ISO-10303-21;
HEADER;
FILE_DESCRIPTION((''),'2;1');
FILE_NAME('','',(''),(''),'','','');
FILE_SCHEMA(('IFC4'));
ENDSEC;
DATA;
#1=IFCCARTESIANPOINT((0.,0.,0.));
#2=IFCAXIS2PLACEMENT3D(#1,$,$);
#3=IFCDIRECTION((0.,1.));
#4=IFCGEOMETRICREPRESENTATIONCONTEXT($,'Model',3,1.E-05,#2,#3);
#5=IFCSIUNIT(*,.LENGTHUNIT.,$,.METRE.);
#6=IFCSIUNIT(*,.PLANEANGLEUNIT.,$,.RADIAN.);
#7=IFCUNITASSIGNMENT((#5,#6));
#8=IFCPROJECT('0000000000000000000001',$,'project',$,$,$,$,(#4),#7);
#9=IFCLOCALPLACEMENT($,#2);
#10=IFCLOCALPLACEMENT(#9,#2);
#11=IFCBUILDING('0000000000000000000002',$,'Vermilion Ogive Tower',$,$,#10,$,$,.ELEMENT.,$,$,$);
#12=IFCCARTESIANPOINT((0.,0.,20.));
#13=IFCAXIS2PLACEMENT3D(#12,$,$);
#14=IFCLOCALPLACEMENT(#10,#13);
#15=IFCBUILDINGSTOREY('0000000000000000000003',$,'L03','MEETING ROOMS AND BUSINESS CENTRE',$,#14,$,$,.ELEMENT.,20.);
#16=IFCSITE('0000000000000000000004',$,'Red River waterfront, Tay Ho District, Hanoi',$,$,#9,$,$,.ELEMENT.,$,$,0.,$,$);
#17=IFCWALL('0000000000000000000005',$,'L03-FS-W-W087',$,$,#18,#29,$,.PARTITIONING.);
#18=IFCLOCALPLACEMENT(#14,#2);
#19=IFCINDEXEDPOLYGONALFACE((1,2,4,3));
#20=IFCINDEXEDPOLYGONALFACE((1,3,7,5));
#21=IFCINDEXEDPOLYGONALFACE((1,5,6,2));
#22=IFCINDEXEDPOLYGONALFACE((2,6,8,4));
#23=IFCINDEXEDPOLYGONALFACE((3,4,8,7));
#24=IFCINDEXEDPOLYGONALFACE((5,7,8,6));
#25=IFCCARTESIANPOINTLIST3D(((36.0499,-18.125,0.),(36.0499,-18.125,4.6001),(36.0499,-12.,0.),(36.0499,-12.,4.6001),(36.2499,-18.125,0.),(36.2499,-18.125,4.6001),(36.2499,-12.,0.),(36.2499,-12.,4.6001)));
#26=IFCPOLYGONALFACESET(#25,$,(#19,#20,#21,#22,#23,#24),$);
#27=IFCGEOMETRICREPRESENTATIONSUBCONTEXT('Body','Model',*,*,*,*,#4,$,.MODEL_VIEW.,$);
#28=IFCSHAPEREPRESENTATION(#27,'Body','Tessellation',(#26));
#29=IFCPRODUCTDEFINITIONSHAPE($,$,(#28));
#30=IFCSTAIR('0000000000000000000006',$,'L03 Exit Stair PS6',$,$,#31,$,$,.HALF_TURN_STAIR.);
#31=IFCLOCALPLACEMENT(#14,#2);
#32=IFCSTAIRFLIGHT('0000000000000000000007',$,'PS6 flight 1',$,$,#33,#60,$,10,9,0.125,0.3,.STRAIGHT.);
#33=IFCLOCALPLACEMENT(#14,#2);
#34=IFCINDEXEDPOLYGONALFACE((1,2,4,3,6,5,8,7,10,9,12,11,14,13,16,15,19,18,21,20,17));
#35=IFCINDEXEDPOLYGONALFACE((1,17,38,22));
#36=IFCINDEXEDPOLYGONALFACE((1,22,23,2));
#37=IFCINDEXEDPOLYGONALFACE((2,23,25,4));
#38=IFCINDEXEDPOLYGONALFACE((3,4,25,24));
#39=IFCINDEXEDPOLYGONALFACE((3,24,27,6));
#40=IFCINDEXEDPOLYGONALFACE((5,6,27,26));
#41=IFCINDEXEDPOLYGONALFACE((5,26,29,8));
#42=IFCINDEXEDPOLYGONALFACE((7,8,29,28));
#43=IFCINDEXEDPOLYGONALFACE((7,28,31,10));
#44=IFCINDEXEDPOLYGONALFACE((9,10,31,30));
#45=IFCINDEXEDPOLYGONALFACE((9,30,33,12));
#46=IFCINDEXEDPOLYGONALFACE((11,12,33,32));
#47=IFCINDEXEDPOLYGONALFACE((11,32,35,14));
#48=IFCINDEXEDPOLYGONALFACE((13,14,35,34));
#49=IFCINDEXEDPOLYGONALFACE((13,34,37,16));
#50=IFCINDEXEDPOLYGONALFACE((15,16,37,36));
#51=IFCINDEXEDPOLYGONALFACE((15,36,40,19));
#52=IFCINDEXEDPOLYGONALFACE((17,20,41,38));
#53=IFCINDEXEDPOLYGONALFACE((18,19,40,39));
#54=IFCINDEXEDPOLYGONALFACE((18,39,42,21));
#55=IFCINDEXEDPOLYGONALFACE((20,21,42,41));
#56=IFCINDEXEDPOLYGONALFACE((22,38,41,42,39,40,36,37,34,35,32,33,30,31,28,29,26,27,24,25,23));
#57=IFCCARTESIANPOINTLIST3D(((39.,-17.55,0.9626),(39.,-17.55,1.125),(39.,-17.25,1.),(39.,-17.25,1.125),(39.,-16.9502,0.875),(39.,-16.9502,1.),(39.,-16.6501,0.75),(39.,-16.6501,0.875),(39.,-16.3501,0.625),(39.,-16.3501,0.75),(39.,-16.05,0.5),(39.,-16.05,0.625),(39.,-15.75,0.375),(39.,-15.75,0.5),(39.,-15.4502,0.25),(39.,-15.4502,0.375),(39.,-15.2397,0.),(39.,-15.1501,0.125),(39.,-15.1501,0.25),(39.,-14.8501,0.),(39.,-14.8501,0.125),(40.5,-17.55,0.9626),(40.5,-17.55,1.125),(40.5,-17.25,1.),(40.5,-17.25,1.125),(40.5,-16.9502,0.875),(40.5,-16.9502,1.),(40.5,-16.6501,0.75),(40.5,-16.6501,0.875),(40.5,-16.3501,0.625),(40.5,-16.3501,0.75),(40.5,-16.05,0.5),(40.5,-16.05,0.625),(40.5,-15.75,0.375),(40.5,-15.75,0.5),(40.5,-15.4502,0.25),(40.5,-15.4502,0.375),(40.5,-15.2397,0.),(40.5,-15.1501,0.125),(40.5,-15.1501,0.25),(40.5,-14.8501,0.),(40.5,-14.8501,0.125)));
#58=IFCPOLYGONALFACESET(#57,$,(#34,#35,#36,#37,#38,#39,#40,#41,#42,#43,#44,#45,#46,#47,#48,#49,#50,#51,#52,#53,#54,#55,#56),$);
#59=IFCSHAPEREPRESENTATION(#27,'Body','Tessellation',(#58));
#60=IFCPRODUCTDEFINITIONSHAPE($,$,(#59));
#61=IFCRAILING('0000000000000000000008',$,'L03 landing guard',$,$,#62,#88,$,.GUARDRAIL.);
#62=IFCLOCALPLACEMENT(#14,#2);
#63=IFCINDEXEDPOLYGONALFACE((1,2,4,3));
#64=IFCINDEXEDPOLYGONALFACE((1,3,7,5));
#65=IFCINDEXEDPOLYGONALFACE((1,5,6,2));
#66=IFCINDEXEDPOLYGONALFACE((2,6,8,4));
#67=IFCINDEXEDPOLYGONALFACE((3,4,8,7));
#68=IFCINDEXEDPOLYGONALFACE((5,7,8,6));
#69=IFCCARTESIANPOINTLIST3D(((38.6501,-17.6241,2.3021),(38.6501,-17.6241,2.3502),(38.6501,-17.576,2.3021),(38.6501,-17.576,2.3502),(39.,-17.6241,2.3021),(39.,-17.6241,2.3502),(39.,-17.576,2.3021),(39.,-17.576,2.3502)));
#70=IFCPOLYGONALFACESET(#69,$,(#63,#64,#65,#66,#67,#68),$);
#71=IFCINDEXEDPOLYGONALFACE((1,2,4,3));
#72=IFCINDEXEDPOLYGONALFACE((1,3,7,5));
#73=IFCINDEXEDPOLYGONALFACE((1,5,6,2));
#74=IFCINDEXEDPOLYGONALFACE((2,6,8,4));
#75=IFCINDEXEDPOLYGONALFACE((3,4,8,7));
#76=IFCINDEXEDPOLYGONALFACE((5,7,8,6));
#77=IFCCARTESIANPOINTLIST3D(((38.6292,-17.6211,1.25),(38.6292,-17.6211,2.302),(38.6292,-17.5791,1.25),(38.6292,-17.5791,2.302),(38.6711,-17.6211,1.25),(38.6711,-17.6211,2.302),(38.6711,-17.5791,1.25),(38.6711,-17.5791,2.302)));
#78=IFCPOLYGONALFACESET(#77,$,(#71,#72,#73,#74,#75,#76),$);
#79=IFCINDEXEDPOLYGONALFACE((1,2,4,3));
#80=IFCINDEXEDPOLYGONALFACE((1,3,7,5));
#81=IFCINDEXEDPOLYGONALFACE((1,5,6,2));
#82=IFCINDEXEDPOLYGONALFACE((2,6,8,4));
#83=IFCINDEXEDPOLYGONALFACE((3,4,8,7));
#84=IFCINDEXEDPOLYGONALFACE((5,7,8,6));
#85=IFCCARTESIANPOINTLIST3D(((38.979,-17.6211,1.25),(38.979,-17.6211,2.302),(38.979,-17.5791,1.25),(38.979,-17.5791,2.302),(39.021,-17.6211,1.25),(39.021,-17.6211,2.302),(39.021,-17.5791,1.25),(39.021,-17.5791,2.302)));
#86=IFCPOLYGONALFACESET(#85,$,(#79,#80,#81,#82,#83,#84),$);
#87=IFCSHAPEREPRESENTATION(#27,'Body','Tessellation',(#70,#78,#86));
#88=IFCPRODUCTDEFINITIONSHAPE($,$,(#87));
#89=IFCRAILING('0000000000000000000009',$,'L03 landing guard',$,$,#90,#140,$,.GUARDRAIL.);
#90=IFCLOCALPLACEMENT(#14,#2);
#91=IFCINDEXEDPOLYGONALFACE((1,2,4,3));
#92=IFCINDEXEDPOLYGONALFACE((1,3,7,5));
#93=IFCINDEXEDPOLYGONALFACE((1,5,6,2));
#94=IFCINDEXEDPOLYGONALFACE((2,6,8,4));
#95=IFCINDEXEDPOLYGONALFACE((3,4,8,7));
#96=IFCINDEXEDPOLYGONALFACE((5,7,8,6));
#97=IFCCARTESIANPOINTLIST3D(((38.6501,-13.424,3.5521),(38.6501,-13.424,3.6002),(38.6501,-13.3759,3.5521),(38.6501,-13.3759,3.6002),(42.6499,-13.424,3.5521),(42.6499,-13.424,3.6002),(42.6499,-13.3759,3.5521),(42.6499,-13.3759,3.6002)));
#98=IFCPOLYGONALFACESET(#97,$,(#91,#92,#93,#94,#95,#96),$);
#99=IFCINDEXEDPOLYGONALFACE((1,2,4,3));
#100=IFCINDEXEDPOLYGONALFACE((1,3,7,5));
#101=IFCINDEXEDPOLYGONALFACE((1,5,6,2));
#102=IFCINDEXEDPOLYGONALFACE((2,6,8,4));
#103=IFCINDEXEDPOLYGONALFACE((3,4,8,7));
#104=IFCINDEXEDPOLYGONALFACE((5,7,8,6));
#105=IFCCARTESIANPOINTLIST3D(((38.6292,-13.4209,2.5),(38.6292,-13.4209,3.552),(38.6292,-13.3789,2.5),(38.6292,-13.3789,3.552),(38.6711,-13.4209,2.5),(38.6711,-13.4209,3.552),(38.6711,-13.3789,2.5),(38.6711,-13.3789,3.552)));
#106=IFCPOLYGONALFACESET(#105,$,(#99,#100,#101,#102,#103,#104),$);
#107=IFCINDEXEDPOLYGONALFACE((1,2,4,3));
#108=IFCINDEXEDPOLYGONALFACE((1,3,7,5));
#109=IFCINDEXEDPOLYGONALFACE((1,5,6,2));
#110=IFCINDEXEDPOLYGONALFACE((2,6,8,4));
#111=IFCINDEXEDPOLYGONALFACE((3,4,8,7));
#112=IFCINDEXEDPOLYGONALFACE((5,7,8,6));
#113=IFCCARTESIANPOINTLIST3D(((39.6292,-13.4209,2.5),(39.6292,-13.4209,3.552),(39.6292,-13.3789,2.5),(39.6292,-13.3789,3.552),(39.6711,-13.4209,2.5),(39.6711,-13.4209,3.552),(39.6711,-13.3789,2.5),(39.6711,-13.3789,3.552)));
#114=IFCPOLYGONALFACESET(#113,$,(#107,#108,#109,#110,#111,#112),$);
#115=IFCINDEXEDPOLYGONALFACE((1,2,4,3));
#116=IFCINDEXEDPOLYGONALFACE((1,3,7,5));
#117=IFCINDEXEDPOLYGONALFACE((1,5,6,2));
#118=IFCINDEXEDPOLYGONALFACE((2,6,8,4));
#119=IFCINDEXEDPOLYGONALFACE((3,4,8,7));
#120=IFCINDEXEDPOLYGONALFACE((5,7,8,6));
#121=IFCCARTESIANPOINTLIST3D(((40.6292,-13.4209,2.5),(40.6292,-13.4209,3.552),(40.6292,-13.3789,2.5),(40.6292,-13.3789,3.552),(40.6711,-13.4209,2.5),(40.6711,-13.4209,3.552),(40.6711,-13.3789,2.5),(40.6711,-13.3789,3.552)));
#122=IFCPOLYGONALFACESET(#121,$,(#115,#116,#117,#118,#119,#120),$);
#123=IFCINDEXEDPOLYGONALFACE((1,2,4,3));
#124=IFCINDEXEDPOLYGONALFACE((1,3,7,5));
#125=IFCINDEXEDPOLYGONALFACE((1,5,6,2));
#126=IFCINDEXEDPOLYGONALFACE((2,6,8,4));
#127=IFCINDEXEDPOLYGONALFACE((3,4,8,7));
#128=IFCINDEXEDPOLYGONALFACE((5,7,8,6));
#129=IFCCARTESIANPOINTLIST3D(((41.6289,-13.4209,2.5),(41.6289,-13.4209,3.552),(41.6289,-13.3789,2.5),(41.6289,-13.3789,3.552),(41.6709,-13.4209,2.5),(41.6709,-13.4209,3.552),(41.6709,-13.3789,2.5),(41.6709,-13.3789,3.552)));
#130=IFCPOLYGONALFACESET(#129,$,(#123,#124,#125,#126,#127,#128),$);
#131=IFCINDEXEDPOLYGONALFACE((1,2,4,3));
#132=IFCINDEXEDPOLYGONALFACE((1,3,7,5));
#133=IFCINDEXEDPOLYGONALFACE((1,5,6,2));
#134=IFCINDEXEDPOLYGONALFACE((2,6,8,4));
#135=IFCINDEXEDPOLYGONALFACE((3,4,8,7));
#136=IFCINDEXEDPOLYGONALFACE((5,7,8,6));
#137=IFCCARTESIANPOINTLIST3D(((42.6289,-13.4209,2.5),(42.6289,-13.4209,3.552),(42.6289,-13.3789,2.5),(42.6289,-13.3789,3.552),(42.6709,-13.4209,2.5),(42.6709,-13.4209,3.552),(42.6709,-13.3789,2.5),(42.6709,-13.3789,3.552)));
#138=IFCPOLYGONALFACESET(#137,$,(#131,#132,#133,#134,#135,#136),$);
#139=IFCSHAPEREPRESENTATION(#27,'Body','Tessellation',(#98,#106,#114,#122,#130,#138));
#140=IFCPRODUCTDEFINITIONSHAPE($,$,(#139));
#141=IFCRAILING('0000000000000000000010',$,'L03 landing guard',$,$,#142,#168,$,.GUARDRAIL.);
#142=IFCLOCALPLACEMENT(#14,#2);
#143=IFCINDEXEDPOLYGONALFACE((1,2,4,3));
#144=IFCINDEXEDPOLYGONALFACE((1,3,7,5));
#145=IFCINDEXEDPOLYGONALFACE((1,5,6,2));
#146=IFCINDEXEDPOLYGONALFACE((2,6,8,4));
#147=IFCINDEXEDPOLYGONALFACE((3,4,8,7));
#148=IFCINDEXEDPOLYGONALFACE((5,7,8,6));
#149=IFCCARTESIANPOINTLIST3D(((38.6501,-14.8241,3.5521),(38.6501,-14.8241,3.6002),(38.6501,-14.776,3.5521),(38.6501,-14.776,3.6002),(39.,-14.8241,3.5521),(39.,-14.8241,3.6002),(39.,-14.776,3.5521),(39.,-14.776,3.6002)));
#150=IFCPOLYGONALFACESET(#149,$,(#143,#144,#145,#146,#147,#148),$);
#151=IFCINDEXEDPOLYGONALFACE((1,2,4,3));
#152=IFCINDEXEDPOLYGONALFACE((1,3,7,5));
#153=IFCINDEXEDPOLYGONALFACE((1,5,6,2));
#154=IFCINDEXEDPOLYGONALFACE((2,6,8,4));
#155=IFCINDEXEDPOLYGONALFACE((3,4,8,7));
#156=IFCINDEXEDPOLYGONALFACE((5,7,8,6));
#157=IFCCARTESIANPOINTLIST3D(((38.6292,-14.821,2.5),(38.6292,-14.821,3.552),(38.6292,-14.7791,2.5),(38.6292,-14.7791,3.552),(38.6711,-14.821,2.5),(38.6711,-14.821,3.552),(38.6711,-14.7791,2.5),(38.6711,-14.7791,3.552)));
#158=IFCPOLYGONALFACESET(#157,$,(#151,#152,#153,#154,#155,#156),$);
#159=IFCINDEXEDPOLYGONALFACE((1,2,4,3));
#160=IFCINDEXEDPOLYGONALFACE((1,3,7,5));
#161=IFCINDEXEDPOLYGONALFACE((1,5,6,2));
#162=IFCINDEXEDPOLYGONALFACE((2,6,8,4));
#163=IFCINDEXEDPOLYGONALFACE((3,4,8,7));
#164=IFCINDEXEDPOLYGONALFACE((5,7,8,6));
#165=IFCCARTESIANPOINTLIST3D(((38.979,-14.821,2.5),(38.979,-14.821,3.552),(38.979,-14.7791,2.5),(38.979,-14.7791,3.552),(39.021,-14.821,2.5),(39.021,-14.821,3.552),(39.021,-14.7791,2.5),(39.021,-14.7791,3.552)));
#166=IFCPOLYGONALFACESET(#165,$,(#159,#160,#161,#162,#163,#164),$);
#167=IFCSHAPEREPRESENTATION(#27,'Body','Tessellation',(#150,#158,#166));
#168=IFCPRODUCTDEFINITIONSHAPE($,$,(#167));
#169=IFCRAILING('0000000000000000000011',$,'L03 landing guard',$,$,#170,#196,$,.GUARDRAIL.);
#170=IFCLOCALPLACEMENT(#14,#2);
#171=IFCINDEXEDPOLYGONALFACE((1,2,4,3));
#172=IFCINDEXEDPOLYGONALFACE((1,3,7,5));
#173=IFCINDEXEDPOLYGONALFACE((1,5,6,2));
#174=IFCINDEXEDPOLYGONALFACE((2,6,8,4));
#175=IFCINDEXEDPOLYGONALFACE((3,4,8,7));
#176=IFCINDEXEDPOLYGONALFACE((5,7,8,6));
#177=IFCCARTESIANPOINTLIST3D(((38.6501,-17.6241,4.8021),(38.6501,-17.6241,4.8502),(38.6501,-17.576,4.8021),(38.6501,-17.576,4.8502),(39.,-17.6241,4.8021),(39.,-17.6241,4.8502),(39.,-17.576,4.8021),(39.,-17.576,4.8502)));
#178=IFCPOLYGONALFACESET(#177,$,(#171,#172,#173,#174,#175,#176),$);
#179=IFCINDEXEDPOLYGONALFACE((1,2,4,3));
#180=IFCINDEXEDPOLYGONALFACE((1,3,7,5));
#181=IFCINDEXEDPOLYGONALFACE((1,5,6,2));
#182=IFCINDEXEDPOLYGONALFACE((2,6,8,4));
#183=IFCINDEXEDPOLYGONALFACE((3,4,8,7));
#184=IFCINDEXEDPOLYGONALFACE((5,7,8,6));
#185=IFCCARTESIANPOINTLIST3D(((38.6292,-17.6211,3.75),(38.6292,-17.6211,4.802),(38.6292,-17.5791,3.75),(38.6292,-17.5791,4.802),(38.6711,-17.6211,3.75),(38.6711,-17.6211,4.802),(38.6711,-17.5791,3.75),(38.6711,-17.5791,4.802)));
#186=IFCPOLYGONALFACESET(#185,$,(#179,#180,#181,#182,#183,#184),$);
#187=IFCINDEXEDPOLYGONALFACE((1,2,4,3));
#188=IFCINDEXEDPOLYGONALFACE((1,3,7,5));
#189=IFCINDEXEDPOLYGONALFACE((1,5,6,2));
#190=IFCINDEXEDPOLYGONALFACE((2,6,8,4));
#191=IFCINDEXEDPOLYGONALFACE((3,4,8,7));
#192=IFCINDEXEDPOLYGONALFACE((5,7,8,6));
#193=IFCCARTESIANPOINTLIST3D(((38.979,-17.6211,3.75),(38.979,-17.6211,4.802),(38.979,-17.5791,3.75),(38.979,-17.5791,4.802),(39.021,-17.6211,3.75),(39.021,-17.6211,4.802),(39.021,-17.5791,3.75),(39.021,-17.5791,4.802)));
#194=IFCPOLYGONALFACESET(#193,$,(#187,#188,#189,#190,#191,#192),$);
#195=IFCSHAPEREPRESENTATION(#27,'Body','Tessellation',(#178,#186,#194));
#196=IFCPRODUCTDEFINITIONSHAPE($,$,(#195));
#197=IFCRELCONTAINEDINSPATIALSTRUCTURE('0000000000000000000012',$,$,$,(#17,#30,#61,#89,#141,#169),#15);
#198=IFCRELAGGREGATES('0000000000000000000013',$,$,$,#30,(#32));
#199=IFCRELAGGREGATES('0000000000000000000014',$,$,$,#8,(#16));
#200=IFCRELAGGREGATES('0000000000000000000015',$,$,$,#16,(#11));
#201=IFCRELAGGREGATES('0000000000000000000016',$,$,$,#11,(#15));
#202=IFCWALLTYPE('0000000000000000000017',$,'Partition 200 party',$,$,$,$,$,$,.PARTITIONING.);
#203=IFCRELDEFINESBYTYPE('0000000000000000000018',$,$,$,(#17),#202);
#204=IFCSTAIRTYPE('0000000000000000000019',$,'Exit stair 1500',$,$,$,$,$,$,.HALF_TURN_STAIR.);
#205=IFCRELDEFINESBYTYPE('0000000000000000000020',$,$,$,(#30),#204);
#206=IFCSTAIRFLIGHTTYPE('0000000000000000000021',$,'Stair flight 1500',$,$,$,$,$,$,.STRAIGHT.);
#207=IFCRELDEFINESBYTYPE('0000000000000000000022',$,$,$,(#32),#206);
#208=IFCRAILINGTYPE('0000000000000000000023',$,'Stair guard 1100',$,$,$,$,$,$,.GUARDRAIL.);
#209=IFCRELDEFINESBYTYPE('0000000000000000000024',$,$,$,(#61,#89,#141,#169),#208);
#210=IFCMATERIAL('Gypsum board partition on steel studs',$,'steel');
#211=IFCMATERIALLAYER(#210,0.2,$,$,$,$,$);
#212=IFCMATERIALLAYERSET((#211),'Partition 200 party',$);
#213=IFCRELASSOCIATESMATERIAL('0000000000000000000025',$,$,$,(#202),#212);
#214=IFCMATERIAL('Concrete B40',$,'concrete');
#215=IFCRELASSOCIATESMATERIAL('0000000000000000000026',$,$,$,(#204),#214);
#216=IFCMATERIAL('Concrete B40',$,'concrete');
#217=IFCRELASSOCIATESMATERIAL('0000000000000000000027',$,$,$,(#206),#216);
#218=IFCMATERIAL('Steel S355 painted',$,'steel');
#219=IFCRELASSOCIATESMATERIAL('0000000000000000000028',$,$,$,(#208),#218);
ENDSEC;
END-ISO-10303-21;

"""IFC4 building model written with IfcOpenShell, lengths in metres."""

from ifc_helpers import new_model, si_unit, direction, frame, frame_2d, origin, origin_2d, place, context, subcontext, project, spatial, polyline, rectangle, outline, extrude, material, layer, layer_set, type_object, element, aggregate, save


model = new_model("IFC4")

# Units and contexts
model_context = context("Model", 3, precision=1e-05, world=origin(), true_north=direction((0.0, 1.0)))
body_context = subcontext(model_context, "Body", "Model", "MODEL_VIEW")
ifc_project = project(units=[si_unit("LENGTHUNIT", "METRE"), si_unit("PLANEANGLEUNIT", "RADIAN")], contexts=[model_context])

# Site, building, storey
site_placement = place(None, origin())
site = spatial("IfcSite", under=ifc_project, at=site_placement, Name="Red River waterfront, Tay Ho District, Hanoi", CompositionType="ELEMENT", RefElevation=0.0)
building_placement = place(site_placement, origin())
building = spatial("IfcBuilding", under=site, at=building_placement, Name="Vermilion Ogive Tower", CompositionType="ELEMENT")
storey_placement = place(building_placement, frame((0.0, 0.0, 20.0)))
storey = spatial("IfcBuildingStorey", under=building, at=storey_placement, Name="L03", Description="MEETING ROOMS AND BUSINESS CENTRE", CompositionType="ELEMENT", Elevation=20.0)

# Wall
ifc_material_1 = material(Name="Gypsum board partition on steel studs", Category="steel")
ifc_layer_1 = layer(ifc_material_1, 0.2)
ifc_layer_set_1 = layer_set([ifc_layer_1], Name="Partition 200 party")
wall_type_1 = type_object("IfcWallType", Name="Partition 200 party", PredefinedType="PARTITIONING", material=ifc_layer_set_1)
wall_1_placement = place(storey_placement, frame((36.1499, -18.125, 0.0), z_axis=(0.0, 0.0, 1.0), x_axis=(0.0, 1.0, 0.0)))
element("IfcWall", 1, at=wall_1_placement, inside=storey, type_object=wall_type_1, Name="L03-FS-W-W087", PredefinedType="PARTITIONING", context=body_context, shape_type="SweptSolid", body=[
    extrude(rectangle(XDim=6.125, YDim=0.2, at=frame_2d((3.0625, 0.0))), origin(), (0.0, 0.0, 1.0), 4.6001),
])

# Stair, stair flight
ifc_material_2 = material(Name="Concrete B40", Category="concrete")
stair_type = type_object("IfcStairType", Name="Exit stair 1500", PredefinedType="HALF_TURN_STAIR", material=ifc_material_2)
stair_placement = place(storey_placement, origin())
stair = element("IfcStair", 2, at=stair_placement, inside=storey, type_object=stair_type, Name="L03 Exit Stair PS6", PredefinedType="HALF_TURN_STAIR")
ifc_material_3 = material(Name="Concrete B40", Category="concrete")
stair_flight_type = type_object("IfcStairFlightType", Name="Stair flight 1500", PredefinedType="STRAIGHT", material=ifc_material_3)
stair_flight_placement = place(storey_placement, frame((39.75, -14.8501, 0.0), z_axis=(0.0, 0.0, 1.0), x_axis=(0.0, -1.0, 0.0)))
stair_flight = element("IfcStairFlight", 3, at=stair_flight_placement, type_object=stair_flight_type, Name="PS6 flight 1", NumberOfRisers=10, NumberOfTreads=9, PredefinedType="STRAIGHT", RiserHeight=0.125, TreadLength=0.3, context=body_context, shape_type="SweptSolid", body=[
    extrude(outline(polyline([(0.0, 0.0), (0.0, 0.125), (0.3, 0.125), (0.3, 0.25), (0.6001, 0.25), (0.6001, 0.375), (0.8999, 0.375), (0.8999, 0.5), (1.2, 0.5), (1.2, 0.625), (1.5, 0.625), (1.5, 0.75), (1.8, 0.75), (1.8, 0.875), (2.1001, 0.875), (2.1001, 1.0), (2.3999, 1.0), (2.3999, 1.125), (2.7, 1.125), (2.7, 1.25), (2.7, 0.9626), (0.3896, 0.0), (0.0, 0.0)])), frame((0.0, 0.75, 0.0), z_axis=(0.0, -1.0, 0.0), x_axis=(1.0, 0.0, 0.0)), (0.0, 0.0, 1.0), 1.5),
])
aggregate(stair, [stair_flight])

# Railings
ifc_material_4 = material(Name="Steel S355 painted", Category="steel")
railing_type_1 = type_object("IfcRailingType", Name="Stair guard 1100", PredefinedType="GUARDRAIL", material=ifc_material_4)
railing_1_placement = place(storey_placement, frame((38.6501, -17.6001, 1.25)))
element("IfcRailing", 4, at=railing_1_placement, inside=storey, type_object=railing_type_1, Name="L03 landing guard", PredefinedType="GUARDRAIL", context=body_context, shape_type="SweptSolid", body=[
    extrude(rectangle(XDim=0.0481, YDim=0.0481, at=origin_2d()), frame((0.0, 0.0, 1.0762), z_axis=(1.0, 0.0, 0.0), x_axis=(0.0, 1.0, 0.0)), (0.0, 0.0, 1.0), 0.3499),
    extrude(rectangle(XDim=0.042, YDim=0.042, at=origin_2d()), origin(), (0.0, 0.0, 1.0), 1.052),
    extrude(rectangle(XDim=0.042, YDim=0.042, at=origin_2d()), frame((0.3499, 0.0, 0.0)), (0.0, 0.0, 1.0), 1.052),
])
railing_2_placement = place(storey_placement, frame((38.6501, -13.3999, 2.5)))
element("IfcRailing", 5, at=railing_2_placement, inside=storey, type_object=railing_type_1, Name="L03 landing guard", PredefinedType="GUARDRAIL", context=body_context, shape_type="SweptSolid", body=[
    extrude(rectangle(XDim=0.0481, YDim=0.0481, at=origin_2d()), frame((0.0, 0.0, 1.0762), z_axis=(1.0, 0.0, 0.0), x_axis=(0.0, 1.0, 0.0)), (0.0, 0.0, 1.0), 3.9998),
    extrude(rectangle(XDim=0.042, YDim=0.042, at=origin_2d()), origin(), (0.0, 0.0, 1.0), 1.052),
    extrude(rectangle(XDim=0.042, YDim=0.042, at=origin_2d()), frame((1.0, 0.0, 0.0)), (0.0, 0.0, 1.0), 1.052),
    extrude(rectangle(XDim=0.042, YDim=0.042, at=origin_2d()), frame((2.0, 0.0, 0.0)), (0.0, 0.0, 1.0), 1.052),
    extrude(rectangle(XDim=0.042, YDim=0.042, at=origin_2d()), frame((2.9998, 0.0, 0.0)), (0.0, 0.0, 1.0), 1.052),
    extrude(rectangle(XDim=0.042, YDim=0.042, at=origin_2d()), frame((3.9998, 0.0, 0.0)), (0.0, 0.0, 1.0), 1.052),
])
for number, where, name in (
    (6, (38.6501, -14.8, 2.5), "L03 landing guard"),
    (7, (38.6501, -17.6001, 3.75), "L03 landing guard"),
):
    element("IfcRailing", number, at=place(storey_placement, frame(where)), inside=storey, type_object=railing_type_1, Name=name, PredefinedType="GUARDRAIL", context=body_context, shape_type="SweptSolid", body=[
        extrude(rectangle(XDim=0.0481, YDim=0.0481, at=origin_2d()), frame((0.0, 0.0, 1.0762), z_axis=(1.0, 0.0, 0.0), x_axis=(0.0, 1.0, 0.0)), (0.0, 0.0, 1.0), 0.3499),
        extrude(rectangle(XDim=0.042, YDim=0.042, at=origin_2d()), origin(), (0.0, 0.0, 1.0), 1.052),
        extrude(rectangle(XDim=0.042, YDim=0.042, at=origin_2d()), frame((0.3499, 0.0, 0.0)), (0.0, 0.0, 1.0), 1.052),
    ])

save(model, "model.ifc")
